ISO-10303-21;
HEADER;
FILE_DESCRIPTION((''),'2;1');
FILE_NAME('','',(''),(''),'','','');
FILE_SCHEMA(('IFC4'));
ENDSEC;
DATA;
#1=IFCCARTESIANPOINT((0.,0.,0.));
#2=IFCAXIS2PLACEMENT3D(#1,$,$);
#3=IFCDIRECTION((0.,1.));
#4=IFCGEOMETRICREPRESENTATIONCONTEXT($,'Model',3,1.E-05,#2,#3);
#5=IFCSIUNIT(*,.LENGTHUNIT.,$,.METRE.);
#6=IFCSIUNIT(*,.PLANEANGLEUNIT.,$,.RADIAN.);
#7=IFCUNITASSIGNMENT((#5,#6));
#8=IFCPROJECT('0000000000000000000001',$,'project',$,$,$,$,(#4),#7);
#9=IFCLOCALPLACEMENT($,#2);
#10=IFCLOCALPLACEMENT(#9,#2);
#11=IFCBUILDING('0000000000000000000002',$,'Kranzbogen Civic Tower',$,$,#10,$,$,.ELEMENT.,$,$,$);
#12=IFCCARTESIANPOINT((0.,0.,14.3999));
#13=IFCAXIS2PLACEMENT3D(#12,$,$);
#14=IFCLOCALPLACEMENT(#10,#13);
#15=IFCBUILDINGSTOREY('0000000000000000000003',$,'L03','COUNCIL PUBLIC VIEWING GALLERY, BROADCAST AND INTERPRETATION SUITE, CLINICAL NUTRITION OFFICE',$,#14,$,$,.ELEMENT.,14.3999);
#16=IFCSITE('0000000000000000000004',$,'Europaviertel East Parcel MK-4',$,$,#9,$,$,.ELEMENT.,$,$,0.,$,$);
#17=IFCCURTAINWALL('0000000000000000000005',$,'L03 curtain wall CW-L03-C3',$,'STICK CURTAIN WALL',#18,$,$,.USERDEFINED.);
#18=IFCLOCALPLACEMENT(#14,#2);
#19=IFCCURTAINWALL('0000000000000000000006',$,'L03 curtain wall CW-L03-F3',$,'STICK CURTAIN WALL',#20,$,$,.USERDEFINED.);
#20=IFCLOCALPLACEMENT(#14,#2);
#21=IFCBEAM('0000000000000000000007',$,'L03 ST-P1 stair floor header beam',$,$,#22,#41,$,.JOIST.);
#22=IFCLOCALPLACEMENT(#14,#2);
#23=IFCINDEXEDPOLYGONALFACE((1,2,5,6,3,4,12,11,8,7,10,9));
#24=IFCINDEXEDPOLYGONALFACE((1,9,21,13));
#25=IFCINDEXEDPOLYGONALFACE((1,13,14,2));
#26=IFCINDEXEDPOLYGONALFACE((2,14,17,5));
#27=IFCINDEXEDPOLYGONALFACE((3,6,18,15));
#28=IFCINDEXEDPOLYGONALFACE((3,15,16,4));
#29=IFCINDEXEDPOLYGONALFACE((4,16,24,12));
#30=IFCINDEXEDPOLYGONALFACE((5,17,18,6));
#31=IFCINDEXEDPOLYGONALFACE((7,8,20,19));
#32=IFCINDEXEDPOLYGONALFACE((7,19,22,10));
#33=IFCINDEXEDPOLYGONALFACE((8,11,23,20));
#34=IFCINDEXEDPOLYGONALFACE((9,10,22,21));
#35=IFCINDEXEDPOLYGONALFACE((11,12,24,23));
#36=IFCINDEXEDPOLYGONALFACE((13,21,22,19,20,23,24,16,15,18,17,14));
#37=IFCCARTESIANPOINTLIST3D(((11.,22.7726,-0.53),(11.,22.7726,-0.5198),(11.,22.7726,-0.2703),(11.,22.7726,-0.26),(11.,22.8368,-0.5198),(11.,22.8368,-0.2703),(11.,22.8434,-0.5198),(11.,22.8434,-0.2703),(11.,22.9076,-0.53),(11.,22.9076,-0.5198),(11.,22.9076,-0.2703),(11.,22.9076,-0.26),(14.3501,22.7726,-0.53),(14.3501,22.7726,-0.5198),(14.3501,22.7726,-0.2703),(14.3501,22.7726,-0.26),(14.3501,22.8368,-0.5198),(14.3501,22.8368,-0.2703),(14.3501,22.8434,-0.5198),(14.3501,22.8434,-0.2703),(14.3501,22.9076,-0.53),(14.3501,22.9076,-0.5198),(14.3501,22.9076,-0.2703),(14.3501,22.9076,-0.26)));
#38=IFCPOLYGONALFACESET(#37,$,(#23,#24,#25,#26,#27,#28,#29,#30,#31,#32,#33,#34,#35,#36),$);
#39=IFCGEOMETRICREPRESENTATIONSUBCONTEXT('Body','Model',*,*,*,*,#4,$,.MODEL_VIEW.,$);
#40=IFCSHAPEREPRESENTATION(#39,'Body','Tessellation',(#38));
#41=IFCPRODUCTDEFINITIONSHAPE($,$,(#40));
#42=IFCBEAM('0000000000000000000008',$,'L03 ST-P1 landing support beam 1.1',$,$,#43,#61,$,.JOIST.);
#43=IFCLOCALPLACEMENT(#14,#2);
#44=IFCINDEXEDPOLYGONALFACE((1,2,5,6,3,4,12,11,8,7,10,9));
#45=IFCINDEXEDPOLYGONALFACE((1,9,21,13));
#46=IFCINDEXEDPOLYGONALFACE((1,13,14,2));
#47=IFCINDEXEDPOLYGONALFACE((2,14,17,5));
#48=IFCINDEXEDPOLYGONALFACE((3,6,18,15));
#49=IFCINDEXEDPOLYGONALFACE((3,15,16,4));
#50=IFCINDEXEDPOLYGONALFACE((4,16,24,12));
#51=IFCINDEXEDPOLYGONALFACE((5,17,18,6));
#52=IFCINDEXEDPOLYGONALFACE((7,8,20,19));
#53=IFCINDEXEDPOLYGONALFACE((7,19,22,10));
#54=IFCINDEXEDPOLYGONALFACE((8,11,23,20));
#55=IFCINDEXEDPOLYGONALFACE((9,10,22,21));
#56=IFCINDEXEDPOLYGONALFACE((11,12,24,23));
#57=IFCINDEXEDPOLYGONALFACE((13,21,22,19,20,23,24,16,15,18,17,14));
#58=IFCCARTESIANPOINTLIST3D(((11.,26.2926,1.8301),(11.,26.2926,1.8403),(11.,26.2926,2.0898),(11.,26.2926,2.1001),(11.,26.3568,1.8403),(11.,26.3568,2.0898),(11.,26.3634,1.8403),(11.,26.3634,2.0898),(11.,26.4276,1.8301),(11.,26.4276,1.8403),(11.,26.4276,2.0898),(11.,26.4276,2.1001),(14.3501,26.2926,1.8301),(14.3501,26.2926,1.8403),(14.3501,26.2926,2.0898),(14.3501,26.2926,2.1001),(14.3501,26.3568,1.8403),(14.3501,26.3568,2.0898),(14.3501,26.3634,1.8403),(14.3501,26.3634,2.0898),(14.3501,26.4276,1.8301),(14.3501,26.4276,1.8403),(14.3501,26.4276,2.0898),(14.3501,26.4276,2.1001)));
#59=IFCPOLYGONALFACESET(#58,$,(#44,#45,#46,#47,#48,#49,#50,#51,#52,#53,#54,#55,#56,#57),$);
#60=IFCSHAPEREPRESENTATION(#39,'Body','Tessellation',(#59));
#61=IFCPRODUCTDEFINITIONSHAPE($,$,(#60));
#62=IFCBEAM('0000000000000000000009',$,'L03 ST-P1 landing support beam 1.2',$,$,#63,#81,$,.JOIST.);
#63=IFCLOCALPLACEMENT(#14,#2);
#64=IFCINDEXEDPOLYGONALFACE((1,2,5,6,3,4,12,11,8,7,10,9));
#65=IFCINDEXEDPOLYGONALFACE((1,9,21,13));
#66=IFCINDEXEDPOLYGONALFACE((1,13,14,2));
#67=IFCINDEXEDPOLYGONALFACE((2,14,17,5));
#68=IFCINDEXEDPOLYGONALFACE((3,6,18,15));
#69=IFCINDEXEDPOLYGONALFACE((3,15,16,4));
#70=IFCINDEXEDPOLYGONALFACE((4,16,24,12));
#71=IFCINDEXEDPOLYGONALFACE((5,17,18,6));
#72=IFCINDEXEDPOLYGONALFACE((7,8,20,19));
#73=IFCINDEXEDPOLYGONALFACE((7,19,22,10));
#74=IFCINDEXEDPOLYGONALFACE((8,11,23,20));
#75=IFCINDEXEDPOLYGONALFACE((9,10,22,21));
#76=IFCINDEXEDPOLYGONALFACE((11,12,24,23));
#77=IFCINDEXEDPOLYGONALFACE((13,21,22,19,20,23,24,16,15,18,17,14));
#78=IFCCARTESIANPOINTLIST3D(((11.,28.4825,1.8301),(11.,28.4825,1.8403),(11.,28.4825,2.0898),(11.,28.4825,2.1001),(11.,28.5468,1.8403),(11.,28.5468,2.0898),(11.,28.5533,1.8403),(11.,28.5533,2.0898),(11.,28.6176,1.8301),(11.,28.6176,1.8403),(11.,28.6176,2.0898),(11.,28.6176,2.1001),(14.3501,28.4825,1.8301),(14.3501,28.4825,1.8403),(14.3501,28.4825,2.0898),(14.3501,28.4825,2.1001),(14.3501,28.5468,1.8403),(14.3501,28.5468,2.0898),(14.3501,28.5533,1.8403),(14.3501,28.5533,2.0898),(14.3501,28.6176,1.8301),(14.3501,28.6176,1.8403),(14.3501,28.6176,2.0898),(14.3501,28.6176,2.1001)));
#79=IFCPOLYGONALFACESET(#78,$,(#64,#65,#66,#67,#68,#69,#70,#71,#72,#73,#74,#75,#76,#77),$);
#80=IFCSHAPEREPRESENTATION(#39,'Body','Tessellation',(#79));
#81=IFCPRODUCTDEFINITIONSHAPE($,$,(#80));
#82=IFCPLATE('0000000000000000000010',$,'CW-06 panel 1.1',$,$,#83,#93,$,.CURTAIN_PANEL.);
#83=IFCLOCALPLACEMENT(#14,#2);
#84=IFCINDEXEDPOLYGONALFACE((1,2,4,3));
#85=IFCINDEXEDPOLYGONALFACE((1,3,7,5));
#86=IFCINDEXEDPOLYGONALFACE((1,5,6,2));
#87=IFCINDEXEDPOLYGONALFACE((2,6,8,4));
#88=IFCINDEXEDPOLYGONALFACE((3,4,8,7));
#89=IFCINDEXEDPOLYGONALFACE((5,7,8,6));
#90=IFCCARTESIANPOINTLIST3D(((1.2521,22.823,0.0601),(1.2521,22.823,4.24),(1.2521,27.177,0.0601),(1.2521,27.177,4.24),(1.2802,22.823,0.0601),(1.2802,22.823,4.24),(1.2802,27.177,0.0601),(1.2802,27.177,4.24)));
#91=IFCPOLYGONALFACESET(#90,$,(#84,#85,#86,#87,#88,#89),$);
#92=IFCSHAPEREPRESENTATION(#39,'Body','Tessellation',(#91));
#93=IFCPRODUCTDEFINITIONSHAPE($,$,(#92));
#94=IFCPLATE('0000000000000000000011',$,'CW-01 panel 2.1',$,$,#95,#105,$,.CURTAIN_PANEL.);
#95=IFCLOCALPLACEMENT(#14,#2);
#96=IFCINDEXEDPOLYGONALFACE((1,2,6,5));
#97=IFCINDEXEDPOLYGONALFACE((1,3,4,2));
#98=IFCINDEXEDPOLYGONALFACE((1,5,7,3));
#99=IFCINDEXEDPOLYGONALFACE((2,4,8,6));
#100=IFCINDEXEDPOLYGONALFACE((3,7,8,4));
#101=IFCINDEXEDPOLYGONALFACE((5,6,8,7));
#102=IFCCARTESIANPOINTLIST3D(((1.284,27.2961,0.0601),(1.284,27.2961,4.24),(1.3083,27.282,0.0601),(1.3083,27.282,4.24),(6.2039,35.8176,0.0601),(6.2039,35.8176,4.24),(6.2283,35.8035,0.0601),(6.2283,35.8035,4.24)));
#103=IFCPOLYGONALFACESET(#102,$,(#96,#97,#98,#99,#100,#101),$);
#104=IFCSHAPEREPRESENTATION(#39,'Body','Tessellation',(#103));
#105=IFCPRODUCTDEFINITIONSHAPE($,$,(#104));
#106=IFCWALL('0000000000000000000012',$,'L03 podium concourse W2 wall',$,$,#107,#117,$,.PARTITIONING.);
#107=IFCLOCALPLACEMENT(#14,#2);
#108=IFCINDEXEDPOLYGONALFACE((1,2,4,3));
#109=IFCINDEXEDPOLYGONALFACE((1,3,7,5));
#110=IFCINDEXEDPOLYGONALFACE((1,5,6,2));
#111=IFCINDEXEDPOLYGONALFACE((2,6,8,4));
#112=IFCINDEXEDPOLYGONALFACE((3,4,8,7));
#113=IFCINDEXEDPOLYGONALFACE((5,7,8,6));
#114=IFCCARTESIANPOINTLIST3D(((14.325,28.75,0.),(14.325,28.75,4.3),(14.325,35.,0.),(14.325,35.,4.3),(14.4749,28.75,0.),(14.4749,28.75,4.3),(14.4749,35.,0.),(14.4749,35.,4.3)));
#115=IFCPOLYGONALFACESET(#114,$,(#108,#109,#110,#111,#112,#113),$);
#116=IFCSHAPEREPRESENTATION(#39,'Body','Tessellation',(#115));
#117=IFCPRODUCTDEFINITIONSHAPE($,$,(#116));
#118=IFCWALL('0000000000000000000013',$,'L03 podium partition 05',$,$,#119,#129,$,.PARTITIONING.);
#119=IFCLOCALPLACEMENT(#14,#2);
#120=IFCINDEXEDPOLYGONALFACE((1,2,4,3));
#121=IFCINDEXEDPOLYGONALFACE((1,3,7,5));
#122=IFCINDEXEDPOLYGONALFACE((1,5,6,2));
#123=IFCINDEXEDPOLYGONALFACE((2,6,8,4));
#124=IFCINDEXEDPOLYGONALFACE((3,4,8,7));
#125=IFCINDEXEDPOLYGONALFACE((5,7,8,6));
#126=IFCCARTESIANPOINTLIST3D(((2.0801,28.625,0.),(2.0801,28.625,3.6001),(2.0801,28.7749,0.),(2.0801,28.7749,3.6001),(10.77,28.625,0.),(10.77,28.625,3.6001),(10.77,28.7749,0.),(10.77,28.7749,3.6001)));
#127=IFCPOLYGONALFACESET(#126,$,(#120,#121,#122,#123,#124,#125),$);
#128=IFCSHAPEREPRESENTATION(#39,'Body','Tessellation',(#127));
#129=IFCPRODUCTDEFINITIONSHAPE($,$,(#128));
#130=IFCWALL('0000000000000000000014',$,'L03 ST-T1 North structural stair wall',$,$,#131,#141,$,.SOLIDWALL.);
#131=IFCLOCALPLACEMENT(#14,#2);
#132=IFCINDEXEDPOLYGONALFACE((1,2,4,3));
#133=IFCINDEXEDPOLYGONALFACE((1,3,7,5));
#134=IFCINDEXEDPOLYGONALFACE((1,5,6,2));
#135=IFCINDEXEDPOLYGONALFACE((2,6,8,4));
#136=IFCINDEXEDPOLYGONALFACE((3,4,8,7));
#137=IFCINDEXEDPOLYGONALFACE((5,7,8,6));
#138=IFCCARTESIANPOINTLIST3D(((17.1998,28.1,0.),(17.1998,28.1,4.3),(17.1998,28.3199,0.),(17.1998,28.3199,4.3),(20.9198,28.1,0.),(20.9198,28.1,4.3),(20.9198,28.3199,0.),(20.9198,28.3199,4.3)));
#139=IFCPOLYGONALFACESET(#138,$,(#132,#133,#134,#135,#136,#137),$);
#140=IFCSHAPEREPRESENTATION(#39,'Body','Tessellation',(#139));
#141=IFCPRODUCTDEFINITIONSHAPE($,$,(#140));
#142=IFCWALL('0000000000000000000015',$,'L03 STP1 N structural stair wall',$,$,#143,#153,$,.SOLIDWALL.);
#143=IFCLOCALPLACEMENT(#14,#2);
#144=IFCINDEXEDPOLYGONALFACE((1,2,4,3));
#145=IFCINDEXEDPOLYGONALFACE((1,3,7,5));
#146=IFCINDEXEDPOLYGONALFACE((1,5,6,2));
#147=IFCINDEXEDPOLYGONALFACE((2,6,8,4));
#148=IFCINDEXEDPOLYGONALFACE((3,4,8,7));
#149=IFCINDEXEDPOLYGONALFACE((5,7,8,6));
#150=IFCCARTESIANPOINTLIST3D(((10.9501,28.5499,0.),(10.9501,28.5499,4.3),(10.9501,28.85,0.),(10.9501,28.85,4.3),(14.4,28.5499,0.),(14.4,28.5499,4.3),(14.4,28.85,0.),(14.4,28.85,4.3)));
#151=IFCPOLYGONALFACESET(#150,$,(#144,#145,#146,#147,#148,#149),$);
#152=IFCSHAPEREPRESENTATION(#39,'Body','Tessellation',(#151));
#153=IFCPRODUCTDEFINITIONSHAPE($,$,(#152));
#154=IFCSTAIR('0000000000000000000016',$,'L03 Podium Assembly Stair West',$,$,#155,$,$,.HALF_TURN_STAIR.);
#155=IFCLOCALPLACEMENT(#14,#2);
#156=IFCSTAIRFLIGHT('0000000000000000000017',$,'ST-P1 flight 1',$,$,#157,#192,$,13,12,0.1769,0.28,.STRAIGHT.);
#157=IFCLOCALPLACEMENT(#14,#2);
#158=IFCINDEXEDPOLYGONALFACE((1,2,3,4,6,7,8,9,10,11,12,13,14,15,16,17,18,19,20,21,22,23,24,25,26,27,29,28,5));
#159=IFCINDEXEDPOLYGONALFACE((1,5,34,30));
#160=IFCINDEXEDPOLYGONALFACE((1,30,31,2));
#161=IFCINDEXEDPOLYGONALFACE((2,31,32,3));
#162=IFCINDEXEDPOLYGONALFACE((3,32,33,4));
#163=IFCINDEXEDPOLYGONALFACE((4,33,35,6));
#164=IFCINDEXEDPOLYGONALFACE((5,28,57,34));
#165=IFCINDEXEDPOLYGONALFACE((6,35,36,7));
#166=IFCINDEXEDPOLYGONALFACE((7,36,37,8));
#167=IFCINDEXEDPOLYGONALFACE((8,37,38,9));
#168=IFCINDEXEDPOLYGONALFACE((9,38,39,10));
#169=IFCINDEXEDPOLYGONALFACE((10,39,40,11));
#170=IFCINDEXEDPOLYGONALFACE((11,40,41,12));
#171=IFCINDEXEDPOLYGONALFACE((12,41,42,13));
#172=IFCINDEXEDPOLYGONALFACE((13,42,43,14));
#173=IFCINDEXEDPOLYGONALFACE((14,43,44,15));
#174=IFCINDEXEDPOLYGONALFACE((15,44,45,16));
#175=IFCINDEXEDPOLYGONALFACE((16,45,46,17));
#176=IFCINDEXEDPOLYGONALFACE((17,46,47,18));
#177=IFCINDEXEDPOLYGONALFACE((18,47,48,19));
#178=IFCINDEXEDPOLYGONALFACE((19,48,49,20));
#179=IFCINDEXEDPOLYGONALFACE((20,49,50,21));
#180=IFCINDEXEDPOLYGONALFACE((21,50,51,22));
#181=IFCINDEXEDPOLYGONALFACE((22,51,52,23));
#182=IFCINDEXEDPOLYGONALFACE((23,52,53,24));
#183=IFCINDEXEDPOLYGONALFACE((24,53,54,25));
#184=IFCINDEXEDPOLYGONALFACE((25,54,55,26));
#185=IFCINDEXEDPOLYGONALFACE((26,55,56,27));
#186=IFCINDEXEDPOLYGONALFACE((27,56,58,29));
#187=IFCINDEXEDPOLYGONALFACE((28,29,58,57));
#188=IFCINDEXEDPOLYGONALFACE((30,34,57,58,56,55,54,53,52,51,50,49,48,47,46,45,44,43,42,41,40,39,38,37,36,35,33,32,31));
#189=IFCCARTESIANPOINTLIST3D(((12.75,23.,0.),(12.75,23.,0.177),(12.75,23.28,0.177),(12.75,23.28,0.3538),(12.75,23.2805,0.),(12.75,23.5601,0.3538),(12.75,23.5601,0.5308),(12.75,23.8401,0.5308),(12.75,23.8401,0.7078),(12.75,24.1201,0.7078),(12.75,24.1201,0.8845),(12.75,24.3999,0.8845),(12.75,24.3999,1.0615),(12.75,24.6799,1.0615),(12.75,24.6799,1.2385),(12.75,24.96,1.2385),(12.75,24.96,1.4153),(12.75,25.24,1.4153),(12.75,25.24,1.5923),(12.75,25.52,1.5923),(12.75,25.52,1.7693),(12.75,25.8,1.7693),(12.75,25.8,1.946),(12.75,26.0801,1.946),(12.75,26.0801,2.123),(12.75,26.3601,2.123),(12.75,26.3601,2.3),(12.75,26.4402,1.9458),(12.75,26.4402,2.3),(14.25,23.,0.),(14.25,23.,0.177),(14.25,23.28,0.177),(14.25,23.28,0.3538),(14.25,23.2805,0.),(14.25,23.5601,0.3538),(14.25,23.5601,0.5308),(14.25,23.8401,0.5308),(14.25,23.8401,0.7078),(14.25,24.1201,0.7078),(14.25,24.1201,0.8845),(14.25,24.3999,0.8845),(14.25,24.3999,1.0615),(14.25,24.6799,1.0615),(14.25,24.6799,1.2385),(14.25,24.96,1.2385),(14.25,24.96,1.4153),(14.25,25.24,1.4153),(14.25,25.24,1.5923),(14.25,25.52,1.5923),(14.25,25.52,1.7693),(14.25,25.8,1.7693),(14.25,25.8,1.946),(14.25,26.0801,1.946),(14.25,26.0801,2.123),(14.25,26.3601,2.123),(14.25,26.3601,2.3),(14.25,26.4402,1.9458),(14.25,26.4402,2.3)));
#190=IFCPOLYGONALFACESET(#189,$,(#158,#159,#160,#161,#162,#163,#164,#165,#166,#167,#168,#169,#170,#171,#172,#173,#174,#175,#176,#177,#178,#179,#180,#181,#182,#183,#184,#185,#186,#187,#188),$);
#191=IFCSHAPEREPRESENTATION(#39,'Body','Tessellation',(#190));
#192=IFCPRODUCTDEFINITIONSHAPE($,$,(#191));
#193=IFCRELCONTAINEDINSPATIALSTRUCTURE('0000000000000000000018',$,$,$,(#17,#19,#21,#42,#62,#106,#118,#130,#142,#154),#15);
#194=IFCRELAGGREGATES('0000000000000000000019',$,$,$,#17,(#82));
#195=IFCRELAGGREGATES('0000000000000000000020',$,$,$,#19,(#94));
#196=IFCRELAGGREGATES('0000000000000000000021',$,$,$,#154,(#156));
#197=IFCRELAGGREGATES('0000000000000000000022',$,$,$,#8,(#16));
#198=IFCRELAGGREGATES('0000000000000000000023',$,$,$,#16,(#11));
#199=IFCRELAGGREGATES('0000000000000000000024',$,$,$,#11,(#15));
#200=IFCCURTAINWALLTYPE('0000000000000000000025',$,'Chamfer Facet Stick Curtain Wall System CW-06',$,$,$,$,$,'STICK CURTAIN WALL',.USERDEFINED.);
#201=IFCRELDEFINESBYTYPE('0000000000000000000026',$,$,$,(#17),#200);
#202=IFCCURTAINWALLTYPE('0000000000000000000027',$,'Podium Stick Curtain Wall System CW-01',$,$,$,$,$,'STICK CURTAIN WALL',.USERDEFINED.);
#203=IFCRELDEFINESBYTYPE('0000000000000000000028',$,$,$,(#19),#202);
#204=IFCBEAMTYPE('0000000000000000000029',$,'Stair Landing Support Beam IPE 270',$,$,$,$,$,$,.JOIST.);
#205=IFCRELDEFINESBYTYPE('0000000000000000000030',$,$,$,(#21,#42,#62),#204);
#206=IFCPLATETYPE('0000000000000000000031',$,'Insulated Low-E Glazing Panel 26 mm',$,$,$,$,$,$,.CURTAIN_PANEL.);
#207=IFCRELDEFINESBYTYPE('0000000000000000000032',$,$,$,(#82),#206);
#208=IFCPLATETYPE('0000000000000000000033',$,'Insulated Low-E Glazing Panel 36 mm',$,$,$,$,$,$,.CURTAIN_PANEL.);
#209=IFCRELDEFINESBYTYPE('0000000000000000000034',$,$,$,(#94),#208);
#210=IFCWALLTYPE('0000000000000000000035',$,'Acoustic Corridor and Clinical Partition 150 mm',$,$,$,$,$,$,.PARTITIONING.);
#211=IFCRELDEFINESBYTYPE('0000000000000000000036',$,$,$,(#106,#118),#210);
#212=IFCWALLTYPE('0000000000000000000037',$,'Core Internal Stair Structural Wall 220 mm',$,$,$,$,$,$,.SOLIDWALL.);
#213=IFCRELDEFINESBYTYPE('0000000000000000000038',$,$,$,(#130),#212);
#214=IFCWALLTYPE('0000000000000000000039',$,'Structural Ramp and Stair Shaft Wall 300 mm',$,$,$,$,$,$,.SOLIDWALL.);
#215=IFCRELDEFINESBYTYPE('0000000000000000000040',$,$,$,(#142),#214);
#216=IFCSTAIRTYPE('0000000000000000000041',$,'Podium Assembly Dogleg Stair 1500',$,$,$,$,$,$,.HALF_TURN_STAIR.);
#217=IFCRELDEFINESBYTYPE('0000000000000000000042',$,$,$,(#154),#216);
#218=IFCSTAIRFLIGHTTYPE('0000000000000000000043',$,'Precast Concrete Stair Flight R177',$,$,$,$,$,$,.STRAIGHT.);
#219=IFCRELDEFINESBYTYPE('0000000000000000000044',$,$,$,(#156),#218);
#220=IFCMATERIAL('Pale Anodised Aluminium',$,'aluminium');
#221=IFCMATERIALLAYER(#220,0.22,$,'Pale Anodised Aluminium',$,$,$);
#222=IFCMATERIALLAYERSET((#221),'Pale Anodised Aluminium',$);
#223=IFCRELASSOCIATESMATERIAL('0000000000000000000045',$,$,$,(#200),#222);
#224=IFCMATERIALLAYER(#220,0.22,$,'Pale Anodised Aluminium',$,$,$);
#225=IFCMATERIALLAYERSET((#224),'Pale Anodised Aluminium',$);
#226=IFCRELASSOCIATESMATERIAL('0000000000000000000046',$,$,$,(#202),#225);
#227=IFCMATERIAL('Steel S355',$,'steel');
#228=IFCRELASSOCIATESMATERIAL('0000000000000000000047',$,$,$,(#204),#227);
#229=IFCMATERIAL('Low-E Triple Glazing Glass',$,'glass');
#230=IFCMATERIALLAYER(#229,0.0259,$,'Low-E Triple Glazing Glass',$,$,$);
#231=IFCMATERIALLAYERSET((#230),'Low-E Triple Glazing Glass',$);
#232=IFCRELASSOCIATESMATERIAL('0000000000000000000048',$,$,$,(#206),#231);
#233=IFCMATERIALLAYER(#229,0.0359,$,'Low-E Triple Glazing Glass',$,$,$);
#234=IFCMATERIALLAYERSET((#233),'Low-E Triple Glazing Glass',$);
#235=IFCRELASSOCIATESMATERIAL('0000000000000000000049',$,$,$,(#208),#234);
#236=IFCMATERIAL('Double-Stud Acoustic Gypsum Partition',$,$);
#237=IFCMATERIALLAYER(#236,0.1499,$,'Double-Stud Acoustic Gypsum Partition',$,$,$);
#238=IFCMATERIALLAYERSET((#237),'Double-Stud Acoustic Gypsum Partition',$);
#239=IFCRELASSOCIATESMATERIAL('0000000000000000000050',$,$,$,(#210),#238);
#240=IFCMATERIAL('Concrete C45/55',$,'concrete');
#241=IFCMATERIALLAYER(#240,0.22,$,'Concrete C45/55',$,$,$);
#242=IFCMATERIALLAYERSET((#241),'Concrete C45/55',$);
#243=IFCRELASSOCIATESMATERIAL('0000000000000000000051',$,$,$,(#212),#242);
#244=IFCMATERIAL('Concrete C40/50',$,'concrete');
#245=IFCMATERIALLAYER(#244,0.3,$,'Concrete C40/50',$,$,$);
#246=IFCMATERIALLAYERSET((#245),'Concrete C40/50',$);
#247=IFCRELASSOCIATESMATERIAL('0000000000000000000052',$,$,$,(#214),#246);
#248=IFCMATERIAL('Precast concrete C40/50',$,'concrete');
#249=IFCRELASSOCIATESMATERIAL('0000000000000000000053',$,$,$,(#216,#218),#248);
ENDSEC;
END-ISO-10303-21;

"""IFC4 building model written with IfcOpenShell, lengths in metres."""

from ifc_helpers import new_model, si_unit, direction, frame, frame_2d, origin, origin_2d, place, context, subcontext, project, spatial, polyline, rectangle, i_section, outline, extrude, material, layer, layer_set, material_profile, profile_set, type_object, element, aggregate, save


model = new_model("IFC4")

# Units and contexts
model_context = context("Model", 3, precision=1e-05, world=origin(), true_north=direction((0.0, 1.0)))
body_context = subcontext(model_context, "Body", "Model", "MODEL_VIEW")
ifc_project = project(units=[si_unit("LENGTHUNIT", "METRE"), si_unit("PLANEANGLEUNIT", "RADIAN")], contexts=[model_context])

# Site, building, storey
site_placement = place(None, origin())
site = spatial("IfcSite", under=ifc_project, at=site_placement, Name="Europaviertel East Parcel MK-4", CompositionType="ELEMENT", RefElevation=0.0)
building_placement = place(site_placement, origin())
building = spatial("IfcBuilding", under=site, at=building_placement, Name="Kranzbogen Civic Tower", CompositionType="ELEMENT")
storey_placement = place(building_placement, frame((0.0, 0.0, 14.3999)))
storey = spatial("IfcBuildingStorey", under=building, at=storey_placement, Name="L03", Description="COUNCIL PUBLIC VIEWING GALLERY, BROADCAST AND INTERPRETATION SUITE, CLINICAL NUTRITION OFFICE", CompositionType="ELEMENT", Elevation=14.3999)

# Curtain wall
ifc_material_1 = material(Name="Pale Anodised Aluminium", Category="aluminium")
ifc_layer_1 = layer(ifc_material_1, 0.22, Name="Pale Anodised Aluminium")
ifc_layer_set_1 = layer_set([ifc_layer_1], Name="Pale Anodised Aluminium")
curtain_wall_type_1 = type_object("IfcCurtainWallType", Name="Chamfer Facet Stick Curtain Wall System CW-06", ElementType="STICK CURTAIN WALL", PredefinedType="USERDEFINED", material=ifc_layer_set_1)
curtain_wall_1_placement = place(storey_placement, origin())
curtain_wall_1 = element("IfcCurtainWall", 1, at=curtain_wall_1_placement, inside=storey, type_object=curtain_wall_type_1, Name="L03 curtain wall CW-L03-C3", ObjectType="STICK CURTAIN WALL", PredefinedType="USERDEFINED")

# Curtain wall
ifc_layer_2 = layer(ifc_material_1, 0.22, Name="Pale Anodised Aluminium")
ifc_layer_set_2 = layer_set([ifc_layer_2], Name="Pale Anodised Aluminium")
curtain_wall_type_2 = type_object("IfcCurtainWallType", Name="Podium Stick Curtain Wall System CW-01", ElementType="STICK CURTAIN WALL", PredefinedType="USERDEFINED", material=ifc_layer_set_2)
curtain_wall_2_placement = place(storey_placement, origin())
curtain_wall_2 = element("IfcCurtainWall", 2, at=curtain_wall_2_placement, inside=storey, type_object=curtain_wall_type_2, Name="L03 curtain wall CW-L03-F3", ObjectType="STICK CURTAIN WALL", PredefinedType="USERDEFINED")

# Beams
ifc_material_2 = material(Name="Steel S355", Category="steel")
ifc_material_profile_1 = material_profile(ifc_material_2, i_section(OverallWidth=0.135, OverallDepth=0.27, WebThickness=0.0066, FlangeThickness=0.0103, at=origin_2d()), Name="IPE 270")
ifc_profile_set_1 = profile_set([ifc_material_profile_1], Name="Steel S355")
beam_type_1 = type_object("IfcBeamType", Name="Stair Landing Support Beam IPE 270", PredefinedType="JOIST", material=ifc_profile_set_1)
for number, where, z_axis, x_axis, name in (
    (3, (14.3501, 22.8401, -0.395), (-1.0, 0.0, 0.0), (0.0, -1.0, 0.0), "L03 ST-P1 stair floor header beam"),
    (4, (14.3501, 26.3601, 1.9651), (-1.0, 0.0, 0.0), (0.0, -1.0, 0.0), "L03 ST-P1 landing support beam 1.1"),
    (5, (14.3501, 28.55, 1.9651), (-1.0, 0.0, 0.0), (0.0, -1.0, 0.0), "L03 ST-P1 landing support beam 1.2"),
):
    element("IfcBeam", number, at=place(storey_placement, frame(where, z_axis=z_axis, x_axis=x_axis)), inside=storey, type_object=beam_type_1, Name=name, PredefinedType="JOIST", context=body_context, shape_type="SweptSolid", body=[
        extrude(i_section(OverallWidth=0.135, OverallDepth=0.27, WebThickness=0.0066, FlangeThickness=0.0103, at=origin_2d()), origin(), (0.0, 0.0, 1.0), 3.3501),
    ])

# Plates
ifc_material_3 = material(Name="Low-E Triple Glazing Glass", Category="glass")
ifc_layer_3 = layer(ifc_material_3, 0.0259, Name="Low-E Triple Glazing Glass")
ifc_layer_set_3 = layer_set([ifc_layer_3], Name="Low-E Triple Glazing Glass")
plate_type_1 = type_object("IfcPlateType", Name="Insulated Low-E Glazing Panel 26 mm", PredefinedType="CURTAIN_PANEL", material=ifc_layer_set_3)
plate_1_placement = place(storey_placement, frame((1.2661, 25.0, 0.0601), z_axis=(0.0, 0.0, 1.0), x_axis=(0.0, -1.0, 0.0)))
plate_1 = element("IfcPlate", 6, at=plate_1_placement, type_object=plate_type_1, Name="CW-06 panel 1.1", PredefinedType="CURTAIN_PANEL", context=body_context, shape_type="SweptSolid", body=[
    extrude(rectangle(XDim=4.354, YDim=0.0281, at=origin_2d()), origin(), (0.0, 0.0, 1.0), 4.1799),
])
aggregate(curtain_wall_1, [plate_1])
ifc_layer_4 = layer(ifc_material_3, 0.0359, Name="Low-E Triple Glazing Glass")
ifc_layer_set_4 = layer_set([ifc_layer_4], Name="Low-E Triple Glazing Glass")
plate_type_2 = type_object("IfcPlateType", Name="Insulated Low-E Glazing Panel 36 mm", PredefinedType="CURTAIN_PANEL", material=ifc_layer_set_4)
plate_2_placement = place(storey_placement, frame((3.7561, 31.5498, 0.0601), z_axis=(0.0, 0.0, 1.0), x_axis=(-0.500006, -0.866022, 0.0)))
plate_2 = element("IfcPlate", 7, at=plate_2_placement, type_object=plate_type_2, Name="CW-01 panel 2.1", PredefinedType="CURTAIN_PANEL", context=body_context, shape_type="SweptSolid", body=[
    extrude(rectangle(XDim=9.8398, YDim=0.0281, at=origin_2d()), origin(), (0.0, 0.0, 1.0), 4.1799),
])
aggregate(curtain_wall_2, [plate_2])

# Walls
ifc_material_4 = material(Name="Double-Stud Acoustic Gypsum Partition")
ifc_layer_5 = layer(ifc_material_4, 0.1499, Name="Double-Stud Acoustic Gypsum Partition")
ifc_layer_set_5 = layer_set([ifc_layer_5], Name="Double-Stud Acoustic Gypsum Partition")
wall_type_1 = type_object("IfcWallType", Name="Acoustic Corridor and Clinical Partition 150 mm", PredefinedType="PARTITIONING", material=ifc_layer_set_5)
wall_1_placement = place(storey_placement, frame((14.3999, 28.75, 0.0), z_axis=(0.0, 0.0, 1.0), x_axis=(0.0, 1.0, 0.0)))
element("IfcWall", 8, at=wall_1_placement, inside=storey, type_object=wall_type_1, Name="L03 podium concourse W2 wall", PredefinedType="PARTITIONING", context=body_context, shape_type="SweptSolid", body=[
    extrude(rectangle(XDim=6.25, YDim=0.1499, at=frame_2d((3.125, 0.0))), origin(), (0.0, 0.0, 1.0), 4.3),
])
wall_2_placement = place(storey_placement, frame((2.0801, 28.7, 0.0), z_axis=(0.0, 0.0, 1.0), x_axis=(1.0, 0.0, 0.0)))
element("IfcWall", 9, at=wall_2_placement, inside=storey, type_object=wall_type_1, Name="L03 podium partition 05", PredefinedType="PARTITIONING", context=body_context, shape_type="SweptSolid", body=[
    extrude(rectangle(XDim=8.6899, YDim=0.1499, at=frame_2d((4.345, 0.0))), origin(), (0.0, 0.0, 1.0), 3.6001),
])
ifc_material_5 = material(Name="Concrete C45/55", Category="concrete")
ifc_layer_6 = layer(ifc_material_5, 0.22, Name="Concrete C45/55")
ifc_layer_set_6 = layer_set([ifc_layer_6], Name="Concrete C45/55")
wall_type_2 = type_object("IfcWallType", Name="Core Internal Stair Structural Wall 220 mm", PredefinedType="SOLIDWALL", material=ifc_layer_set_6)
wall_3_placement = place(storey_placement, frame((17.2, 28.21, 0.0), z_axis=(0.0, 0.0, 1.0), x_axis=(1.0, 0.0, 0.0)))
element("IfcWall", 10, at=wall_3_placement, inside=storey, type_object=wall_type_2, Name="L03 ST-T1 North structural stair wall", PredefinedType="SOLIDWALL", context=body_context, shape_type="SweptSolid", body=[
    extrude(rectangle(XDim=3.72, YDim=0.22, at=frame_2d((1.8599, 0.0))), origin(), (0.0, 0.0, 1.0), 4.3),
])
ifc_material_6 = material(Name="Concrete C40/50", Category="concrete")
ifc_layer_7 = layer(ifc_material_6, 0.3, Name="Concrete C40/50")
ifc_layer_set_7 = layer_set([ifc_layer_7], Name="Concrete C40/50")
wall_type_3 = type_object("IfcWallType", Name="Structural Ramp and Stair Shaft Wall 300 mm", PredefinedType="SOLIDWALL", material=ifc_layer_set_7)
wall_4_placement = place(storey_placement, frame((10.95, 28.7, 0.0), z_axis=(0.0, 0.0, 1.0), x_axis=(1.0, 0.0, 0.0)))
element("IfcWall", 11, at=wall_4_placement, inside=storey, type_object=wall_type_3, Name="L03 STP1 N structural stair wall", PredefinedType="SOLIDWALL", context=body_context, shape_type="SweptSolid", body=[
    extrude(rectangle(XDim=3.45, YDim=0.3, at=frame_2d((1.7251, 0.0))), origin(), (0.0, 0.0, 1.0), 4.3),
])

# Stair, stair flight
ifc_material_7 = material(Name="Precast concrete C40/50", Category="concrete")
stair_type = type_object("IfcStairType", Name="Podium Assembly Dogleg Stair 1500", PredefinedType="HALF_TURN_STAIR", material=ifc_material_7)
stair_placement = place(storey_placement, origin())
stair = element("IfcStair", 12, at=stair_placement, inside=storey, type_object=stair_type, Name="L03 Podium Assembly Stair West", PredefinedType="HALF_TURN_STAIR")
stair_flight_type = type_object("IfcStairFlightType", Name="Precast Concrete Stair Flight R177", PredefinedType="STRAIGHT", material=ifc_material_7)
stair_flight_1_placement = place(storey_placement, frame((13.5, 23.0, 0.0), z_axis=(0.0, 0.0, 1.0), x_axis=(0.0, 1.0, 0.0)))
stair_flight_1 = element("IfcStairFlight", 13, at=stair_flight_1_placement, type_object=stair_flight_type, Name="ST-P1 flight 1", NumberOfRisers=13, NumberOfTreads=12, PredefinedType="STRAIGHT", RiserHeight=0.1769, TreadLength=0.28, context=body_context, shape_type="SweptSolid", body=[
    extrude(outline(polyline([(0.0, 0.0), (0.0, 0.177), (0.28, 0.177), (0.28, 0.3538), (0.5601, 0.3538), (0.5601, 0.5308), (0.8401, 0.5308), (0.8401, 0.7078), (1.1201, 0.7078), (1.1201, 0.8845), (1.3999, 0.8845), (1.3999, 1.0615), (1.6799, 1.0615), (1.6799, 1.2385), (1.96, 1.2385), (1.96, 1.4153), (2.24, 1.4153), (2.24, 1.5923), (2.52, 1.5923), (2.52, 1.7693), (2.8, 1.7693), (2.8, 1.946), (3.0801, 1.946), (3.0801, 2.123), (3.3601, 2.123), (3.3601, 2.3), (3.4402, 2.3), (3.4402, 1.9458), (0.2805, 0.0), (0.0, 0.0)])), frame((0.0, 0.75, 0.0), z_axis=(0.0, -1.0, 0.0), x_axis=(1.0, 0.0, 0.0)), (0.0, 0.0, 1.0), 1.5),
])
aggregate(stair, [stair_flight_1])

save(model, "model.ifc")
